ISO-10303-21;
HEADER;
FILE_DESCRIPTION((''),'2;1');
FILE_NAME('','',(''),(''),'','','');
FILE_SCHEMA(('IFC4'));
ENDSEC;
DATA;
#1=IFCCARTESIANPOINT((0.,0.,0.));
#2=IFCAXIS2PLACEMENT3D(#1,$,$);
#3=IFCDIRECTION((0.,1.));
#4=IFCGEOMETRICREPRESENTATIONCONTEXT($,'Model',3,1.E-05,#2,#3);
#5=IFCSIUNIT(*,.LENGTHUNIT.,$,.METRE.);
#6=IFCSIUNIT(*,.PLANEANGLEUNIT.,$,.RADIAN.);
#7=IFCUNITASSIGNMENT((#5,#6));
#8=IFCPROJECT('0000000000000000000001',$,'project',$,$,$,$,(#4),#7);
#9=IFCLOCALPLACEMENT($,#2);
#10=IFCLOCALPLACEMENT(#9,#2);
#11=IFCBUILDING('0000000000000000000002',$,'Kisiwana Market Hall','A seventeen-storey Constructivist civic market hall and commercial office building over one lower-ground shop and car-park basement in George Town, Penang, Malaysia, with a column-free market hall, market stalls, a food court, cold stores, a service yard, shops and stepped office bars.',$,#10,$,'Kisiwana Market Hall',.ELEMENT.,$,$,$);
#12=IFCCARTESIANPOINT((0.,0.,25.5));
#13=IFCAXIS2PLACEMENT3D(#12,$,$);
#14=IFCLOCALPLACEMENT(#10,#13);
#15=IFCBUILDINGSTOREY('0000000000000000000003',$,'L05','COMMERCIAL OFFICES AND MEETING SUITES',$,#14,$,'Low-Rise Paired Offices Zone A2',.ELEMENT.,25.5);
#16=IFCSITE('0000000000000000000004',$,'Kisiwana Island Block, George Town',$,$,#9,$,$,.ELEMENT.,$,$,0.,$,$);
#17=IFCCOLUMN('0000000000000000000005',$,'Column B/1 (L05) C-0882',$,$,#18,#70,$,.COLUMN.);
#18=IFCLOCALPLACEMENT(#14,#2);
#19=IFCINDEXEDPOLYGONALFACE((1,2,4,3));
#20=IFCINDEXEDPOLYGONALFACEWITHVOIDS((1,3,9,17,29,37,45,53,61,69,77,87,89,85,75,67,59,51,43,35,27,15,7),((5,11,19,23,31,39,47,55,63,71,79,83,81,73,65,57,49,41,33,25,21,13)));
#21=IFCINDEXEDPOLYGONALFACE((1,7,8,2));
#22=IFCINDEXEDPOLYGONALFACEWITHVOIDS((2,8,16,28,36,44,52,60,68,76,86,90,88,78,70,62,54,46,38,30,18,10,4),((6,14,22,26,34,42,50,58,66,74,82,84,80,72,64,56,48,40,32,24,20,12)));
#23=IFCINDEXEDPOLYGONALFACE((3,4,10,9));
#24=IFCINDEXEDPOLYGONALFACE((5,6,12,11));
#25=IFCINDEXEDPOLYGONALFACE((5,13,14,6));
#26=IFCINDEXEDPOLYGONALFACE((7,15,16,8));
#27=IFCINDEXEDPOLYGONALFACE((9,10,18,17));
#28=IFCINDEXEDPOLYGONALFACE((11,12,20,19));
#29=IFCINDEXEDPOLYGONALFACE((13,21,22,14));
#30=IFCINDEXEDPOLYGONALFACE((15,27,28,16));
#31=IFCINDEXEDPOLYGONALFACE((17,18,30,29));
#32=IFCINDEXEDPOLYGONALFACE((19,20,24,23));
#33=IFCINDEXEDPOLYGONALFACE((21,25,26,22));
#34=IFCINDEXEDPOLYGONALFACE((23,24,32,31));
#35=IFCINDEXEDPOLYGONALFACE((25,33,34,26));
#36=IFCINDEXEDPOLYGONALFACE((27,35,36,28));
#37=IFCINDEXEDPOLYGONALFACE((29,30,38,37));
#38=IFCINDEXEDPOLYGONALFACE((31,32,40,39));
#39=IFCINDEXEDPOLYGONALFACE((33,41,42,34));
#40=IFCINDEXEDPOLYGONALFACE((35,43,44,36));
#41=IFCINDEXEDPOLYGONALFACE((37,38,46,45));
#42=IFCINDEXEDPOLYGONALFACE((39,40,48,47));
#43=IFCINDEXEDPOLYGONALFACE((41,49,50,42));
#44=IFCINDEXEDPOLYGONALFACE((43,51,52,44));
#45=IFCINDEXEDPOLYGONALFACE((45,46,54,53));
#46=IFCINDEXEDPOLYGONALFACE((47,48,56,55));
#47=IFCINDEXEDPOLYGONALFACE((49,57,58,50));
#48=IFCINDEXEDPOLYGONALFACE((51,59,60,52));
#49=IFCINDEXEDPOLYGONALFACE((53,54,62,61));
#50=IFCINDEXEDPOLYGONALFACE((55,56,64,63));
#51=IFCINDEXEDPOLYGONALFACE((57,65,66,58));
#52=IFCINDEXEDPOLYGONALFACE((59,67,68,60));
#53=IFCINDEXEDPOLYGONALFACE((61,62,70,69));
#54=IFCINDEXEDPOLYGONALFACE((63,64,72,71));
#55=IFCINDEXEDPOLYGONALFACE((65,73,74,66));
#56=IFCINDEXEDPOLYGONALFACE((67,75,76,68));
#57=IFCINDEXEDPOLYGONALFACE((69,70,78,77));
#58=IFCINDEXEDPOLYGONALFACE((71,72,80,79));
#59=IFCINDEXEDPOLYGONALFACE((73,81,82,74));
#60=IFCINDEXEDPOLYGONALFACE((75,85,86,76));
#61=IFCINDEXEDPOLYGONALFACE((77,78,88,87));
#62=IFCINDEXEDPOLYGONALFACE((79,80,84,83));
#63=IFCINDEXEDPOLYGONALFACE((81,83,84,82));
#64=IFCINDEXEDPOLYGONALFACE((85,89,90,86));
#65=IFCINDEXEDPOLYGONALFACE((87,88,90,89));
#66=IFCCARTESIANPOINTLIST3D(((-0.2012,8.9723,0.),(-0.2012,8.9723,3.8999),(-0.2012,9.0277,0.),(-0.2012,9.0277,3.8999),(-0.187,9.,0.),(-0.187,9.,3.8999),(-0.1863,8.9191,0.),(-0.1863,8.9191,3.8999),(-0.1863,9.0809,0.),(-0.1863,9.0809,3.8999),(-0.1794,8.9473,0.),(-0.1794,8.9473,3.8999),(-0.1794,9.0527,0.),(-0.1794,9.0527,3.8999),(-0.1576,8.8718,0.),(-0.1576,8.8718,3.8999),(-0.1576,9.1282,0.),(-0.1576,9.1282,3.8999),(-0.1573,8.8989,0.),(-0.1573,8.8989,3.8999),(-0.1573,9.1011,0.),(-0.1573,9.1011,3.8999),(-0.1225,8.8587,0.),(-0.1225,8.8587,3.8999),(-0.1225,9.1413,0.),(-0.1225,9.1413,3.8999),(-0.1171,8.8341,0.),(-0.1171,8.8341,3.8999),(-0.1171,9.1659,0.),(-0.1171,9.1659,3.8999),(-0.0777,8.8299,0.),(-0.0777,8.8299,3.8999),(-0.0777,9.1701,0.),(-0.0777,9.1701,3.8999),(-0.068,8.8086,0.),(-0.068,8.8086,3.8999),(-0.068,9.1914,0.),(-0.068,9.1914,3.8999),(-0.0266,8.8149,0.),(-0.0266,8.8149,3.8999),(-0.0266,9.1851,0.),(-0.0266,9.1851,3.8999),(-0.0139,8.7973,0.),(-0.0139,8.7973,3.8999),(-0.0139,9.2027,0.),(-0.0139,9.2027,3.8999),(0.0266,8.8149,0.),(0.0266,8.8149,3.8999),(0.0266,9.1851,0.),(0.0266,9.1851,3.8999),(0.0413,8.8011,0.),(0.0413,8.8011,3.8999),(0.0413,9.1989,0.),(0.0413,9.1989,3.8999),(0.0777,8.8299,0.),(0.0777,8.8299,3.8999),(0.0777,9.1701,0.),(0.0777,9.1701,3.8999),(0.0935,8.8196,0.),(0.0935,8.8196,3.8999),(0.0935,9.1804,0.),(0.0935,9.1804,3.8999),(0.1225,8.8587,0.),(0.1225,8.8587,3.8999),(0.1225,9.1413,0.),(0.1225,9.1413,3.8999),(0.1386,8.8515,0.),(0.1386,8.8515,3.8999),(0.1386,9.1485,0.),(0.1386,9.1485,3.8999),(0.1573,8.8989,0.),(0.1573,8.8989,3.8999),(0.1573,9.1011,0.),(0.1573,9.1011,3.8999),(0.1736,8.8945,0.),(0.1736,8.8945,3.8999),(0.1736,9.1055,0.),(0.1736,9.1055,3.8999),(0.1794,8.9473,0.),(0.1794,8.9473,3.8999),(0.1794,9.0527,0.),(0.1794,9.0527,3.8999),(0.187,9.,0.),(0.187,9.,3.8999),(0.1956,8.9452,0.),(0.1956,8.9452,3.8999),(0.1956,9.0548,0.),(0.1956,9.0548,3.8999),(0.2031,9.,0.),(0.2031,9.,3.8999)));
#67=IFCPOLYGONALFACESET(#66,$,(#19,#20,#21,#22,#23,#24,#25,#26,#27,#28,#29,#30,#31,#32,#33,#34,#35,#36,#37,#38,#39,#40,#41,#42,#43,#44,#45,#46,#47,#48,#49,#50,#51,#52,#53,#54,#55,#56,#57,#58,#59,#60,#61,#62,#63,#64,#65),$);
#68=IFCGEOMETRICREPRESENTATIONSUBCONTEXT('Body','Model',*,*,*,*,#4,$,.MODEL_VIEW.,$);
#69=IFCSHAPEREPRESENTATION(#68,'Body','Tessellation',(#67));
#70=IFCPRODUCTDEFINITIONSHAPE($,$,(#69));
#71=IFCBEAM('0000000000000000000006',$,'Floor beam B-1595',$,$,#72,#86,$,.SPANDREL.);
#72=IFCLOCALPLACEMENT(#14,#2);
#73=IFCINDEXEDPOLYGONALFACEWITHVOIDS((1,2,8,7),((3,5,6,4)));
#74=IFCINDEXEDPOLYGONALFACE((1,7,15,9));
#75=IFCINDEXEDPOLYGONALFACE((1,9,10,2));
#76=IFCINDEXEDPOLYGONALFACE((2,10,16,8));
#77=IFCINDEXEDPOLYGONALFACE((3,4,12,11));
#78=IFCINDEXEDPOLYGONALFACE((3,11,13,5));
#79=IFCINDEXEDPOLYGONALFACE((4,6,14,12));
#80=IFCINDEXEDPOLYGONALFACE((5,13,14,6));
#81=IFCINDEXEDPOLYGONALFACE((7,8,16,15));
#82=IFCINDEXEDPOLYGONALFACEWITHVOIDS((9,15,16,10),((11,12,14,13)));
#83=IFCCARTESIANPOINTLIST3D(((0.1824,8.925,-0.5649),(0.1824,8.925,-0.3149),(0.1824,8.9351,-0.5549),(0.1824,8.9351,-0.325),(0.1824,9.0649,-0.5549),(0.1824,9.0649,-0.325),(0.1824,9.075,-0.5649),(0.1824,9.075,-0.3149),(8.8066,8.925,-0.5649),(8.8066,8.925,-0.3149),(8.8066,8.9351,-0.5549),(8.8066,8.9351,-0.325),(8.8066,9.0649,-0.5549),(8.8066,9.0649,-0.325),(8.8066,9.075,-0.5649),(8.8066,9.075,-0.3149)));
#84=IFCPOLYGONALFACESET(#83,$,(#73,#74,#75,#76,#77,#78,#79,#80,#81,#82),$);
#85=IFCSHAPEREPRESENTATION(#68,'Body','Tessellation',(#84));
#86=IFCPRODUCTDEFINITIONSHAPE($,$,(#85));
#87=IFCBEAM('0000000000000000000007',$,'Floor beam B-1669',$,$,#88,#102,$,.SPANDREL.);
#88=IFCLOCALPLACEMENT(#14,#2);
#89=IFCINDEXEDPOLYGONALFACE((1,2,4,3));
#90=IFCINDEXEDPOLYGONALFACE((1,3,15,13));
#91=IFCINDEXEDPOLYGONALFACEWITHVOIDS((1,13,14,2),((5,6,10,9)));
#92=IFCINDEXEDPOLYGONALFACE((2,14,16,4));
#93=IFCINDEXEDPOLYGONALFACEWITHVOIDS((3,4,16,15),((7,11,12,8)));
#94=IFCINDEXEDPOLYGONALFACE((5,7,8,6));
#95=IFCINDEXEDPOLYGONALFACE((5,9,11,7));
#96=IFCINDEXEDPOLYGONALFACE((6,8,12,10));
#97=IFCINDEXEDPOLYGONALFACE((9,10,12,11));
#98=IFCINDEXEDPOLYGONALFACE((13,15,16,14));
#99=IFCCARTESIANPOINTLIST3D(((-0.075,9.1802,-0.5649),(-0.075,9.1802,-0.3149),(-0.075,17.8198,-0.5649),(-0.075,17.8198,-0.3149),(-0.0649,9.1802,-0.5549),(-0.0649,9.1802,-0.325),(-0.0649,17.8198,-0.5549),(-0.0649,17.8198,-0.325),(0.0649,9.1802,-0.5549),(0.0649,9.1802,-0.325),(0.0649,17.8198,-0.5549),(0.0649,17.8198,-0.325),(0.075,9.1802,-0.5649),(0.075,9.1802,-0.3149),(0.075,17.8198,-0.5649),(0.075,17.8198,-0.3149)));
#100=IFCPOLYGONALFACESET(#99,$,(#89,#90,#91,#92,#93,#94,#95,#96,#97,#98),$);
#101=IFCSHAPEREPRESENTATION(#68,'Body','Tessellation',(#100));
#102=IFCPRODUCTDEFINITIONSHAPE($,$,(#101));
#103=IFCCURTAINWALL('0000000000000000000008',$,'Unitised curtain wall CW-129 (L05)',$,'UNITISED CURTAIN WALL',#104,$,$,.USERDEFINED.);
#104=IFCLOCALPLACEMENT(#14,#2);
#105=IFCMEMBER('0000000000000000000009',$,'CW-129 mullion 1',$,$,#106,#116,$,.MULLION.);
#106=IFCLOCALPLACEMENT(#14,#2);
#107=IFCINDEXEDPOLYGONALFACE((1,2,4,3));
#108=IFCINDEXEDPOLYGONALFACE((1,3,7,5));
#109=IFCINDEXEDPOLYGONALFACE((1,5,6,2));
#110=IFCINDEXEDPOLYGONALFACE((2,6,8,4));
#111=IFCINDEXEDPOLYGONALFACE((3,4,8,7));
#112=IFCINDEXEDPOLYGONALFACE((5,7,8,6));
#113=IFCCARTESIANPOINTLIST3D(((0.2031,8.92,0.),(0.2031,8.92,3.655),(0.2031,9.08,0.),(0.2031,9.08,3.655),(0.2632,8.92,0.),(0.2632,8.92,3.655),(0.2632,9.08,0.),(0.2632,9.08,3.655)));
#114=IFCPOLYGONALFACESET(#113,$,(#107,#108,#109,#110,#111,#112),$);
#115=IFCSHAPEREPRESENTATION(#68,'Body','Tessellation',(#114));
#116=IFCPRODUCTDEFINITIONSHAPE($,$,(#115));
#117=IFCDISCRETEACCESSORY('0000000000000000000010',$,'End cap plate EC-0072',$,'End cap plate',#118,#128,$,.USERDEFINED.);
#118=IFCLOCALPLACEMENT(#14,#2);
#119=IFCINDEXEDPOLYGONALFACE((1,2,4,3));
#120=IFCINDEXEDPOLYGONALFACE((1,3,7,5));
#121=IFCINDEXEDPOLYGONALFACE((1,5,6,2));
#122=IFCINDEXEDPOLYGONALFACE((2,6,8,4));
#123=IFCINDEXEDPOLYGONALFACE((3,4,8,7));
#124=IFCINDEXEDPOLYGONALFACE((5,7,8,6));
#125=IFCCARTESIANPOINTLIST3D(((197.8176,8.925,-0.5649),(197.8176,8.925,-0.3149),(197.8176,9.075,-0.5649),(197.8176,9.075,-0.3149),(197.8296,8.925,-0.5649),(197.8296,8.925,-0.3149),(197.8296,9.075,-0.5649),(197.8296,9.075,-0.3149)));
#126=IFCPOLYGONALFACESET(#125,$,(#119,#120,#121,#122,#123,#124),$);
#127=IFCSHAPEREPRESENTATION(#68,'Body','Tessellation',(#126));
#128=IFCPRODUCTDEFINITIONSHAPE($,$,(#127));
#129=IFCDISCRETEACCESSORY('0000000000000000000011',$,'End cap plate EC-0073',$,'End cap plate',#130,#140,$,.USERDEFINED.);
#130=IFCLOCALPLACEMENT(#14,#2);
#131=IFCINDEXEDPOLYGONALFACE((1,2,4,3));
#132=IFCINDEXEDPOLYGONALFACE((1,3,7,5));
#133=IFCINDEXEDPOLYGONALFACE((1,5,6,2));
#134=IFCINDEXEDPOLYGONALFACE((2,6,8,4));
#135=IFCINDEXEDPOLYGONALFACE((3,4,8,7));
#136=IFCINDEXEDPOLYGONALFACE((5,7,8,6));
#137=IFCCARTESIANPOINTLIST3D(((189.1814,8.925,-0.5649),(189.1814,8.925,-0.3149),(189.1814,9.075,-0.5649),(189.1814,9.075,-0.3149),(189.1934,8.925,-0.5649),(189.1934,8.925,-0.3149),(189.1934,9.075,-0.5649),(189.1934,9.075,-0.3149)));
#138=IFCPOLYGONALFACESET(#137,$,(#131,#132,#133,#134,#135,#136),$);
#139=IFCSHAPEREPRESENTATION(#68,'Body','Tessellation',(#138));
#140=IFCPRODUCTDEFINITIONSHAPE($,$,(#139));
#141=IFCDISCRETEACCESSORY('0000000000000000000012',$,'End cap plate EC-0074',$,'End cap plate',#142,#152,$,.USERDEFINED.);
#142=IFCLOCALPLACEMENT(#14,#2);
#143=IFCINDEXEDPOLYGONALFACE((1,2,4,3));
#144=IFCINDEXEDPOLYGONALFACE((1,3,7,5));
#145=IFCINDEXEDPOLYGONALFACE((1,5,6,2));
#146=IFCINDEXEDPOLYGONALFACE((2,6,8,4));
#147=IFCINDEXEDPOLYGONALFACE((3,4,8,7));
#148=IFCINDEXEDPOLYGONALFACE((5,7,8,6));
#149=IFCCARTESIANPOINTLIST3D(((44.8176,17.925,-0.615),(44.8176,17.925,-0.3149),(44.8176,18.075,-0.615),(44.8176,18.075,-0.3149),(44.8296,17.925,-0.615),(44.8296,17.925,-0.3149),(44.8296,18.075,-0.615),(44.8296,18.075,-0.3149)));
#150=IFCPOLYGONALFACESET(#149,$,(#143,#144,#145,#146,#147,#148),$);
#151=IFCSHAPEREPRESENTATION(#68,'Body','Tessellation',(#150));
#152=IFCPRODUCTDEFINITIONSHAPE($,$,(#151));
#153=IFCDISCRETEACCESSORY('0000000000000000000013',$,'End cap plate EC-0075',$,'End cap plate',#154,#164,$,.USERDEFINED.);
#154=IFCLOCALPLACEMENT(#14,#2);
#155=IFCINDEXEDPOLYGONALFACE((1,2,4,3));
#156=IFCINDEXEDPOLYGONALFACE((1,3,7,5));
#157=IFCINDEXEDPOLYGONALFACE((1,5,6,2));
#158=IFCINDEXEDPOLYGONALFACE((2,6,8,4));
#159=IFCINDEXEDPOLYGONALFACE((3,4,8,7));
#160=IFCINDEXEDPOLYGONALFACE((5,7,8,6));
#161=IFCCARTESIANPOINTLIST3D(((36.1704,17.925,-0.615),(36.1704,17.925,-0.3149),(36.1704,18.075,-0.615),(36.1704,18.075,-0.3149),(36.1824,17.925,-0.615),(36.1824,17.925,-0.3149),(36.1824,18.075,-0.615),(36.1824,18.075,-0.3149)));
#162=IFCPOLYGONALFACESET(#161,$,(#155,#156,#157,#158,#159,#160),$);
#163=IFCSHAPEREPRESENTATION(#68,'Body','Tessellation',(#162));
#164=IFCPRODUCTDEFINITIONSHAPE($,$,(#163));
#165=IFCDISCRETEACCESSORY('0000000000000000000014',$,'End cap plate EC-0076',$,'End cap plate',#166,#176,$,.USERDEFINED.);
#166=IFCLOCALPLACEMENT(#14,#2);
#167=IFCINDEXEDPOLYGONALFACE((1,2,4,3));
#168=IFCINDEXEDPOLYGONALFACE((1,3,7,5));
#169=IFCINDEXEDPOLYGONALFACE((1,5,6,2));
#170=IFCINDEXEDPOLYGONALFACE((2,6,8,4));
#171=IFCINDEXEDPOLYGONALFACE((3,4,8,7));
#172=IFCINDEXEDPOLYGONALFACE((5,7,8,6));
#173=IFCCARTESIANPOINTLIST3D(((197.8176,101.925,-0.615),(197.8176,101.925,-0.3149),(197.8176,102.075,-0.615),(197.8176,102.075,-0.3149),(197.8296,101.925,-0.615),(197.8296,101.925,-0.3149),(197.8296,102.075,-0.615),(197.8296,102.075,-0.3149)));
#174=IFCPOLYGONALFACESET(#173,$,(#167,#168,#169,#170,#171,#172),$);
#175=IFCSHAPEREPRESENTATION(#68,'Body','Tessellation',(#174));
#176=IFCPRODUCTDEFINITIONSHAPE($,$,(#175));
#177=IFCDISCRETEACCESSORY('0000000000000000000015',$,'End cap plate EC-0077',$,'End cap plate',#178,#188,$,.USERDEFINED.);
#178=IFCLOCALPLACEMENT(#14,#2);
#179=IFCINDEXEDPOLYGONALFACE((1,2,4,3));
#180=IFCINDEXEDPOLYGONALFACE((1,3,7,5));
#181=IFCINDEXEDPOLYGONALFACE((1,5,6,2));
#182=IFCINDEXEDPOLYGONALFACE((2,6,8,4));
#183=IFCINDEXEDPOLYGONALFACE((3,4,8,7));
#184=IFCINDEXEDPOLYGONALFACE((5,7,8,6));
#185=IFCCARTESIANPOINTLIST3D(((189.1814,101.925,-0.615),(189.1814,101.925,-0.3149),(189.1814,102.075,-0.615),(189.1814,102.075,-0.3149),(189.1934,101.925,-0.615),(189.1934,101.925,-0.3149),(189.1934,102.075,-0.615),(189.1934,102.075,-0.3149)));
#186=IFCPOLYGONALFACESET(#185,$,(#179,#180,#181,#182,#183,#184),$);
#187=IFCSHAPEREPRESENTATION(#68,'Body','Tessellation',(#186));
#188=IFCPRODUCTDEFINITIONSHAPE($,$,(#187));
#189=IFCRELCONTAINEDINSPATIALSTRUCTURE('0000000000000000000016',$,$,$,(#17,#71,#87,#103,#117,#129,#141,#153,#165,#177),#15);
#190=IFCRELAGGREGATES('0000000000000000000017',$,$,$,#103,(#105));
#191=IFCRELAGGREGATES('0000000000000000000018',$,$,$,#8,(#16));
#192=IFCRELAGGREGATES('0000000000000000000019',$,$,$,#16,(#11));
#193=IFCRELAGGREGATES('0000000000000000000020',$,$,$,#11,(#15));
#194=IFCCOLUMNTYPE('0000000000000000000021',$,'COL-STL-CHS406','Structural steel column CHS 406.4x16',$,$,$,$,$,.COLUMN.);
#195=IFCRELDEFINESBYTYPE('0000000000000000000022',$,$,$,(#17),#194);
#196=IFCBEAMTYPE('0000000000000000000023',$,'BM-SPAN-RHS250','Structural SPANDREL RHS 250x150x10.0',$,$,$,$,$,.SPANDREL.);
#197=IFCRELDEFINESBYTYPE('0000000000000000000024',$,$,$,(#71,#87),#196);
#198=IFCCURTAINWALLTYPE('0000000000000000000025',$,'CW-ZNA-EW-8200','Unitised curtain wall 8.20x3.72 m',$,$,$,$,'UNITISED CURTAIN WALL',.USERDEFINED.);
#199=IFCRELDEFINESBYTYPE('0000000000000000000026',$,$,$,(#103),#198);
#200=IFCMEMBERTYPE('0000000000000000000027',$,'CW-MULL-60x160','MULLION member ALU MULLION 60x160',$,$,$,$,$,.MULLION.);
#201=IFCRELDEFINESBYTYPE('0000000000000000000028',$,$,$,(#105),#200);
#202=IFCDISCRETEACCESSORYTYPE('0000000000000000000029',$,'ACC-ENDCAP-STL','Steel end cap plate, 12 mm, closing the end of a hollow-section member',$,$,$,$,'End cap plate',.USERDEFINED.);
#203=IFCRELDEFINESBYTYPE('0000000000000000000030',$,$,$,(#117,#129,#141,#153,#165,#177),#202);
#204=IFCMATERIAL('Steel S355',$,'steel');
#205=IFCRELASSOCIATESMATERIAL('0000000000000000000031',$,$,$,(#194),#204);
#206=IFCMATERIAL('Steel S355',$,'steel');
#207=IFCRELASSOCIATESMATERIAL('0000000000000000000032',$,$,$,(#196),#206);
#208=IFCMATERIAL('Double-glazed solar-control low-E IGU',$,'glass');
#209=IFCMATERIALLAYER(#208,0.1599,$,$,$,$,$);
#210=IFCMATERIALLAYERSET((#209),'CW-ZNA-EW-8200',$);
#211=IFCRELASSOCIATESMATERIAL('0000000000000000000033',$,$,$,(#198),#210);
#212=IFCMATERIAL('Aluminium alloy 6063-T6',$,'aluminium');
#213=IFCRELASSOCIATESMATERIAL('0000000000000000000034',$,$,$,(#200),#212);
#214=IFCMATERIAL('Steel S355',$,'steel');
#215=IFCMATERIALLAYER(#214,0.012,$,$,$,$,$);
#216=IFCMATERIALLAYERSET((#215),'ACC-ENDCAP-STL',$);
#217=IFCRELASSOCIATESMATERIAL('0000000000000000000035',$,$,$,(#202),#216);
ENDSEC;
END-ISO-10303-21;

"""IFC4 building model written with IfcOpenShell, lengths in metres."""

from ifc_helpers import new_model, si_unit, direction, frame, origin, origin_2d, place, context, subcontext, project, spatial, polyline, rectangle, hollow_rectangle, hollow_circle, outline, extrude, material, layer, layer_set, material_profile, profile_set, type_object, element, aggregate, save


model = new_model("IFC4")

# Units and contexts
model_context = context("Model", 3, precision=1e-05, world=origin(), true_north=direction((0.0, 1.0)))
body_context = subcontext(model_context, "Body", "Model", "MODEL_VIEW")
ifc_project = project(units=[si_unit("LENGTHUNIT", "METRE"), si_unit("PLANEANGLEUNIT", "RADIAN")], contexts=[model_context])

# Site, building, storey
site_placement = place(None, origin())
site = spatial("IfcSite", under=ifc_project, at=site_placement, Name="Kisiwana Island Block, George Town", CompositionType="ELEMENT", RefElevation=0.0)
building_placement = place(site_placement, origin())
building = spatial("IfcBuilding", under=site, at=building_placement, Name="Kisiwana Market Hall", Description="A seventeen-storey Constructivist civic market hall and commercial office building over one lower-ground shop and car-park basement in George Town, Penang, Malaysia, with a column-free market hall, market stalls, a food court, cold stores, a service yard, shops and stepped office bars.", LongName="Kisiwana Market Hall", CompositionType="ELEMENT")
storey_placement = place(building_placement, frame((0.0, 0.0, 25.5)))
storey = spatial("IfcBuildingStorey", under=building, at=storey_placement, Name="L05", Description="COMMERCIAL OFFICES AND MEETING SUITES", LongName="Low-Rise Paired Offices Zone A2", CompositionType="ELEMENT", Elevation=25.5)

# Column
ifc_material_1 = material(Name="Steel S355", Category="steel")
ifc_material_profile_1 = material_profile(ifc_material_1, hollow_circle(Radius=0.2031, WallThickness=0.0161, at=origin_2d()), Name="CHS 406.4x16")
ifc_profile_set_1 = profile_set([ifc_material_profile_1], Name="Steel S355")
column_type = type_object("IfcColumnType", Name="COL-STL-CHS406", Description="Structural steel column CHS 406.4x16", PredefinedType="COLUMN", material=ifc_profile_set_1)
column_placement = place(storey_placement, frame((0.0, 9.0, 0.0), z_axis=(0.0, 0.0, 1.0), x_axis=(1.0, 0.0, 0.0)))
element("IfcColumn", 1, at=column_placement, inside=storey, type_object=column_type, Name="Column B/1 (L05) C-0882", PredefinedType="COLUMN", context=body_context, shape_type="SweptSolid", body=[
    extrude(hollow_circle(Radius=0.2031, WallThickness=0.0161, at=origin_2d()), origin(), (0.0, 0.0, 1.0), 3.8999),
])

# Beams
ifc_material_2 = material(Name="Steel S355", Category="steel")
ifc_material_profile_2 = material_profile(ifc_material_2, hollow_rectangle(XDim=0.1499, YDim=0.25, WallThickness=0.01, at=origin_2d()), Name="RHS 250x150x10.0")
ifc_profile_set_2 = profile_set([ifc_material_profile_2], Name="Steel S355")
beam_type = type_object("IfcBeamType", Name="BM-SPAN-RHS250", Description="Structural SPANDREL RHS 250x150x10.0", PredefinedType="SPANDREL", material=ifc_profile_set_2)
beam_1_placement = place(storey_placement, frame((0.1824, 9.0, -0.4399), z_axis=(1.0, 0.0, 0.0), x_axis=(0.0, 1.0, 0.0)))
element("IfcBeam", 2, at=beam_1_placement, inside=storey, type_object=beam_type, Name="Floor beam B-1595", PredefinedType="SPANDREL", context=body_context, shape_type="SweptSolid", body=[
    extrude(hollow_rectangle(XDim=0.1499, YDim=0.25, WallThickness=0.01, at=origin_2d()), origin(), (0.0, 0.0, 1.0), 8.6243),
])
beam_2_placement = place(storey_placement, frame((0.0, 9.1802, -0.4399), z_axis=(0.0, 1.0, 0.0), x_axis=(-1.0, 0.0, 0.0)))
element("IfcBeam", 3, at=beam_2_placement, inside=storey, type_object=beam_type, Name="Floor beam B-1669", PredefinedType="SPANDREL", context=body_context, shape_type="SweptSolid", body=[
    extrude(hollow_rectangle(XDim=0.1499, YDim=0.25, WallThickness=0.01, at=origin_2d()), origin(), (0.0, 0.0, 1.0), 8.6396),
])

# Curtain wall, member
ifc_material_3 = material(Name="Double-glazed solar-control low-E IGU", Category="glass")
ifc_layer_1 = layer(ifc_material_3, 0.1599)
ifc_layer_set_1 = layer_set([ifc_layer_1], Name="CW-ZNA-EW-8200")
curtain_wall_type = type_object("IfcCurtainWallType", Name="CW-ZNA-EW-8200", Description="Unitised curtain wall 8.20x3.72 m", ElementType="UNITISED CURTAIN WALL", PredefinedType="USERDEFINED", material=ifc_layer_set_1)
curtain_wall_placement = place(storey_placement, origin())
curtain_wall = element("IfcCurtainWall", 4, at=curtain_wall_placement, inside=storey, type_object=curtain_wall_type, Name="Unitised curtain wall CW-129 (L05)", ObjectType="UNITISED CURTAIN WALL", PredefinedType="USERDEFINED")
ifc_material_4 = material(Name="Aluminium alloy 6063-T6", Category="aluminium")
ifc_material_profile_3 = material_profile(ifc_material_4, rectangle(XDim=0.0601, YDim=0.1599, at=origin_2d()), Name="ALU MULLION 60x160")
ifc_profile_set_3 = profile_set([ifc_material_profile_3], Name="Aluminium alloy 6063-T6")
member_type = type_object("IfcMemberType", Name="CW-MULL-60x160", Description="MULLION member ALU MULLION 60x160", PredefinedType="MULLION", material=ifc_profile_set_3)
member_placement = place(storey_placement, frame((0.2332, 9.0, 0.0), z_axis=(0.0, 0.0, 1.0), x_axis=(1.0, 0.0, 0.0)))
member = element("IfcMember", 5, at=member_placement, type_object=member_type, Name="CW-129 mullion 1", PredefinedType="MULLION", context=body_context, shape_type="SweptSolid", body=[
    extrude(rectangle(XDim=0.0601, YDim=0.1599, at=origin_2d()), origin(), (0.0, 0.0, 1.0), 3.655),
])
aggregate(curtain_wall, [member])

# Discrete accessories
ifc_material_5 = material(Name="Steel S355", Category="steel")
ifc_layer_2 = layer(ifc_material_5, 0.012)
ifc_layer_set_2 = layer_set([ifc_layer_2], Name="ACC-ENDCAP-STL")
discrete_accessory_type = type_object("IfcDiscreteAccessoryType", Name="ACC-ENDCAP-STL", Description="Steel end cap plate, 12 mm, closing the end of a hollow-section member", ElementType="End cap plate", PredefinedType="USERDEFINED", material=ifc_layer_set_2)
discrete_accessory_1_placement = place(storey_placement, frame((0.0, 0.0, -0.5649)))
element("IfcDiscreteAccessory", 6, at=discrete_accessory_1_placement, inside=storey, type_object=discrete_accessory_type, Name="End cap plate EC-0072", ObjectType="End cap plate", PredefinedType="USERDEFINED", context=body_context, shape_type="SweptSolid", body=[
    extrude(outline(polyline([(197.8176, 8.925), (197.8296, 8.925), (197.8296, 9.075), (197.8176, 9.075), (197.8176, 8.925)])), origin(), (0.0, 0.0, 1.0), 0.25),
])
discrete_accessory_2_placement = place(storey_placement, frame((0.0, 0.0, -0.5649)))
element("IfcDiscreteAccessory", 7, at=discrete_accessory_2_placement, inside=storey, type_object=discrete_accessory_type, Name="End cap plate EC-0073", ObjectType="End cap plate", PredefinedType="USERDEFINED", context=body_context, shape_type="SweptSolid", body=[
    extrude(outline(polyline([(189.1934, 8.925), (189.1934, 9.075), (189.1814, 9.075), (189.1814, 8.925), (189.1934, 8.925)])), origin(), (0.0, 0.0, 1.0), 0.25),
])
discrete_accessory_3_placement = place(storey_placement, frame((0.0, 0.0, -0.615)))
element("IfcDiscreteAccessory", 8, at=discrete_accessory_3_placement, inside=storey, type_object=discrete_accessory_type, Name="End cap plate EC-0074", ObjectType="End cap plate", PredefinedType="USERDEFINED", context=body_context, shape_type="SweptSolid", body=[
    extrude(outline(polyline([(44.8176, 17.925), (44.8296, 17.925), (44.8296, 18.075), (44.8176, 18.075), (44.8176, 17.925)])), origin(), (0.0, 0.0, 1.0), 0.3),
])
discrete_accessory_4_placement = place(storey_placement, frame((0.0, 0.0, -0.615)))
element("IfcDiscreteAccessory", 9, at=discrete_accessory_4_placement, inside=storey, type_object=discrete_accessory_type, Name="End cap plate EC-0075", ObjectType="End cap plate", PredefinedType="USERDEFINED", context=body_context, shape_type="SweptSolid", body=[
    extrude(outline(polyline([(36.1824, 17.925), (36.1824, 18.075), (36.1704, 18.075), (36.1704, 17.925), (36.1824, 17.925)])), origin(), (0.0, 0.0, 1.0), 0.3),
])
discrete_accessory_5_placement = place(storey_placement, frame((0.0, 0.0, -0.615)))
element("IfcDiscreteAccessory", 10, at=discrete_accessory_5_placement, inside=storey, type_object=discrete_accessory_type, Name="End cap plate EC-0076", ObjectType="End cap plate", PredefinedType="USERDEFINED", context=body_context, shape_type="SweptSolid", body=[
    extrude(outline(polyline([(197.8176, 101.925), (197.8296, 101.925), (197.8296, 102.075), (197.8176, 102.075), (197.8176, 101.925)])), origin(), (0.0, 0.0, 1.0), 0.3),
])
discrete_accessory_6_placement = place(storey_placement, frame((0.0, 0.0, -0.615)))
element("IfcDiscreteAccessory", 11, at=discrete_accessory_6_placement, inside=storey, type_object=discrete_accessory_type, Name="End cap plate EC-0077", ObjectType="End cap plate", PredefinedType="USERDEFINED", context=body_context, shape_type="SweptSolid", body=[
    extrude(outline(polyline([(189.1934, 101.925), (189.1934, 102.075), (189.1814, 102.075), (189.1814, 101.925), (189.1934, 101.925)])), origin(), (0.0, 0.0, 1.0), 0.3),
])

save(model, "model.ifc")
